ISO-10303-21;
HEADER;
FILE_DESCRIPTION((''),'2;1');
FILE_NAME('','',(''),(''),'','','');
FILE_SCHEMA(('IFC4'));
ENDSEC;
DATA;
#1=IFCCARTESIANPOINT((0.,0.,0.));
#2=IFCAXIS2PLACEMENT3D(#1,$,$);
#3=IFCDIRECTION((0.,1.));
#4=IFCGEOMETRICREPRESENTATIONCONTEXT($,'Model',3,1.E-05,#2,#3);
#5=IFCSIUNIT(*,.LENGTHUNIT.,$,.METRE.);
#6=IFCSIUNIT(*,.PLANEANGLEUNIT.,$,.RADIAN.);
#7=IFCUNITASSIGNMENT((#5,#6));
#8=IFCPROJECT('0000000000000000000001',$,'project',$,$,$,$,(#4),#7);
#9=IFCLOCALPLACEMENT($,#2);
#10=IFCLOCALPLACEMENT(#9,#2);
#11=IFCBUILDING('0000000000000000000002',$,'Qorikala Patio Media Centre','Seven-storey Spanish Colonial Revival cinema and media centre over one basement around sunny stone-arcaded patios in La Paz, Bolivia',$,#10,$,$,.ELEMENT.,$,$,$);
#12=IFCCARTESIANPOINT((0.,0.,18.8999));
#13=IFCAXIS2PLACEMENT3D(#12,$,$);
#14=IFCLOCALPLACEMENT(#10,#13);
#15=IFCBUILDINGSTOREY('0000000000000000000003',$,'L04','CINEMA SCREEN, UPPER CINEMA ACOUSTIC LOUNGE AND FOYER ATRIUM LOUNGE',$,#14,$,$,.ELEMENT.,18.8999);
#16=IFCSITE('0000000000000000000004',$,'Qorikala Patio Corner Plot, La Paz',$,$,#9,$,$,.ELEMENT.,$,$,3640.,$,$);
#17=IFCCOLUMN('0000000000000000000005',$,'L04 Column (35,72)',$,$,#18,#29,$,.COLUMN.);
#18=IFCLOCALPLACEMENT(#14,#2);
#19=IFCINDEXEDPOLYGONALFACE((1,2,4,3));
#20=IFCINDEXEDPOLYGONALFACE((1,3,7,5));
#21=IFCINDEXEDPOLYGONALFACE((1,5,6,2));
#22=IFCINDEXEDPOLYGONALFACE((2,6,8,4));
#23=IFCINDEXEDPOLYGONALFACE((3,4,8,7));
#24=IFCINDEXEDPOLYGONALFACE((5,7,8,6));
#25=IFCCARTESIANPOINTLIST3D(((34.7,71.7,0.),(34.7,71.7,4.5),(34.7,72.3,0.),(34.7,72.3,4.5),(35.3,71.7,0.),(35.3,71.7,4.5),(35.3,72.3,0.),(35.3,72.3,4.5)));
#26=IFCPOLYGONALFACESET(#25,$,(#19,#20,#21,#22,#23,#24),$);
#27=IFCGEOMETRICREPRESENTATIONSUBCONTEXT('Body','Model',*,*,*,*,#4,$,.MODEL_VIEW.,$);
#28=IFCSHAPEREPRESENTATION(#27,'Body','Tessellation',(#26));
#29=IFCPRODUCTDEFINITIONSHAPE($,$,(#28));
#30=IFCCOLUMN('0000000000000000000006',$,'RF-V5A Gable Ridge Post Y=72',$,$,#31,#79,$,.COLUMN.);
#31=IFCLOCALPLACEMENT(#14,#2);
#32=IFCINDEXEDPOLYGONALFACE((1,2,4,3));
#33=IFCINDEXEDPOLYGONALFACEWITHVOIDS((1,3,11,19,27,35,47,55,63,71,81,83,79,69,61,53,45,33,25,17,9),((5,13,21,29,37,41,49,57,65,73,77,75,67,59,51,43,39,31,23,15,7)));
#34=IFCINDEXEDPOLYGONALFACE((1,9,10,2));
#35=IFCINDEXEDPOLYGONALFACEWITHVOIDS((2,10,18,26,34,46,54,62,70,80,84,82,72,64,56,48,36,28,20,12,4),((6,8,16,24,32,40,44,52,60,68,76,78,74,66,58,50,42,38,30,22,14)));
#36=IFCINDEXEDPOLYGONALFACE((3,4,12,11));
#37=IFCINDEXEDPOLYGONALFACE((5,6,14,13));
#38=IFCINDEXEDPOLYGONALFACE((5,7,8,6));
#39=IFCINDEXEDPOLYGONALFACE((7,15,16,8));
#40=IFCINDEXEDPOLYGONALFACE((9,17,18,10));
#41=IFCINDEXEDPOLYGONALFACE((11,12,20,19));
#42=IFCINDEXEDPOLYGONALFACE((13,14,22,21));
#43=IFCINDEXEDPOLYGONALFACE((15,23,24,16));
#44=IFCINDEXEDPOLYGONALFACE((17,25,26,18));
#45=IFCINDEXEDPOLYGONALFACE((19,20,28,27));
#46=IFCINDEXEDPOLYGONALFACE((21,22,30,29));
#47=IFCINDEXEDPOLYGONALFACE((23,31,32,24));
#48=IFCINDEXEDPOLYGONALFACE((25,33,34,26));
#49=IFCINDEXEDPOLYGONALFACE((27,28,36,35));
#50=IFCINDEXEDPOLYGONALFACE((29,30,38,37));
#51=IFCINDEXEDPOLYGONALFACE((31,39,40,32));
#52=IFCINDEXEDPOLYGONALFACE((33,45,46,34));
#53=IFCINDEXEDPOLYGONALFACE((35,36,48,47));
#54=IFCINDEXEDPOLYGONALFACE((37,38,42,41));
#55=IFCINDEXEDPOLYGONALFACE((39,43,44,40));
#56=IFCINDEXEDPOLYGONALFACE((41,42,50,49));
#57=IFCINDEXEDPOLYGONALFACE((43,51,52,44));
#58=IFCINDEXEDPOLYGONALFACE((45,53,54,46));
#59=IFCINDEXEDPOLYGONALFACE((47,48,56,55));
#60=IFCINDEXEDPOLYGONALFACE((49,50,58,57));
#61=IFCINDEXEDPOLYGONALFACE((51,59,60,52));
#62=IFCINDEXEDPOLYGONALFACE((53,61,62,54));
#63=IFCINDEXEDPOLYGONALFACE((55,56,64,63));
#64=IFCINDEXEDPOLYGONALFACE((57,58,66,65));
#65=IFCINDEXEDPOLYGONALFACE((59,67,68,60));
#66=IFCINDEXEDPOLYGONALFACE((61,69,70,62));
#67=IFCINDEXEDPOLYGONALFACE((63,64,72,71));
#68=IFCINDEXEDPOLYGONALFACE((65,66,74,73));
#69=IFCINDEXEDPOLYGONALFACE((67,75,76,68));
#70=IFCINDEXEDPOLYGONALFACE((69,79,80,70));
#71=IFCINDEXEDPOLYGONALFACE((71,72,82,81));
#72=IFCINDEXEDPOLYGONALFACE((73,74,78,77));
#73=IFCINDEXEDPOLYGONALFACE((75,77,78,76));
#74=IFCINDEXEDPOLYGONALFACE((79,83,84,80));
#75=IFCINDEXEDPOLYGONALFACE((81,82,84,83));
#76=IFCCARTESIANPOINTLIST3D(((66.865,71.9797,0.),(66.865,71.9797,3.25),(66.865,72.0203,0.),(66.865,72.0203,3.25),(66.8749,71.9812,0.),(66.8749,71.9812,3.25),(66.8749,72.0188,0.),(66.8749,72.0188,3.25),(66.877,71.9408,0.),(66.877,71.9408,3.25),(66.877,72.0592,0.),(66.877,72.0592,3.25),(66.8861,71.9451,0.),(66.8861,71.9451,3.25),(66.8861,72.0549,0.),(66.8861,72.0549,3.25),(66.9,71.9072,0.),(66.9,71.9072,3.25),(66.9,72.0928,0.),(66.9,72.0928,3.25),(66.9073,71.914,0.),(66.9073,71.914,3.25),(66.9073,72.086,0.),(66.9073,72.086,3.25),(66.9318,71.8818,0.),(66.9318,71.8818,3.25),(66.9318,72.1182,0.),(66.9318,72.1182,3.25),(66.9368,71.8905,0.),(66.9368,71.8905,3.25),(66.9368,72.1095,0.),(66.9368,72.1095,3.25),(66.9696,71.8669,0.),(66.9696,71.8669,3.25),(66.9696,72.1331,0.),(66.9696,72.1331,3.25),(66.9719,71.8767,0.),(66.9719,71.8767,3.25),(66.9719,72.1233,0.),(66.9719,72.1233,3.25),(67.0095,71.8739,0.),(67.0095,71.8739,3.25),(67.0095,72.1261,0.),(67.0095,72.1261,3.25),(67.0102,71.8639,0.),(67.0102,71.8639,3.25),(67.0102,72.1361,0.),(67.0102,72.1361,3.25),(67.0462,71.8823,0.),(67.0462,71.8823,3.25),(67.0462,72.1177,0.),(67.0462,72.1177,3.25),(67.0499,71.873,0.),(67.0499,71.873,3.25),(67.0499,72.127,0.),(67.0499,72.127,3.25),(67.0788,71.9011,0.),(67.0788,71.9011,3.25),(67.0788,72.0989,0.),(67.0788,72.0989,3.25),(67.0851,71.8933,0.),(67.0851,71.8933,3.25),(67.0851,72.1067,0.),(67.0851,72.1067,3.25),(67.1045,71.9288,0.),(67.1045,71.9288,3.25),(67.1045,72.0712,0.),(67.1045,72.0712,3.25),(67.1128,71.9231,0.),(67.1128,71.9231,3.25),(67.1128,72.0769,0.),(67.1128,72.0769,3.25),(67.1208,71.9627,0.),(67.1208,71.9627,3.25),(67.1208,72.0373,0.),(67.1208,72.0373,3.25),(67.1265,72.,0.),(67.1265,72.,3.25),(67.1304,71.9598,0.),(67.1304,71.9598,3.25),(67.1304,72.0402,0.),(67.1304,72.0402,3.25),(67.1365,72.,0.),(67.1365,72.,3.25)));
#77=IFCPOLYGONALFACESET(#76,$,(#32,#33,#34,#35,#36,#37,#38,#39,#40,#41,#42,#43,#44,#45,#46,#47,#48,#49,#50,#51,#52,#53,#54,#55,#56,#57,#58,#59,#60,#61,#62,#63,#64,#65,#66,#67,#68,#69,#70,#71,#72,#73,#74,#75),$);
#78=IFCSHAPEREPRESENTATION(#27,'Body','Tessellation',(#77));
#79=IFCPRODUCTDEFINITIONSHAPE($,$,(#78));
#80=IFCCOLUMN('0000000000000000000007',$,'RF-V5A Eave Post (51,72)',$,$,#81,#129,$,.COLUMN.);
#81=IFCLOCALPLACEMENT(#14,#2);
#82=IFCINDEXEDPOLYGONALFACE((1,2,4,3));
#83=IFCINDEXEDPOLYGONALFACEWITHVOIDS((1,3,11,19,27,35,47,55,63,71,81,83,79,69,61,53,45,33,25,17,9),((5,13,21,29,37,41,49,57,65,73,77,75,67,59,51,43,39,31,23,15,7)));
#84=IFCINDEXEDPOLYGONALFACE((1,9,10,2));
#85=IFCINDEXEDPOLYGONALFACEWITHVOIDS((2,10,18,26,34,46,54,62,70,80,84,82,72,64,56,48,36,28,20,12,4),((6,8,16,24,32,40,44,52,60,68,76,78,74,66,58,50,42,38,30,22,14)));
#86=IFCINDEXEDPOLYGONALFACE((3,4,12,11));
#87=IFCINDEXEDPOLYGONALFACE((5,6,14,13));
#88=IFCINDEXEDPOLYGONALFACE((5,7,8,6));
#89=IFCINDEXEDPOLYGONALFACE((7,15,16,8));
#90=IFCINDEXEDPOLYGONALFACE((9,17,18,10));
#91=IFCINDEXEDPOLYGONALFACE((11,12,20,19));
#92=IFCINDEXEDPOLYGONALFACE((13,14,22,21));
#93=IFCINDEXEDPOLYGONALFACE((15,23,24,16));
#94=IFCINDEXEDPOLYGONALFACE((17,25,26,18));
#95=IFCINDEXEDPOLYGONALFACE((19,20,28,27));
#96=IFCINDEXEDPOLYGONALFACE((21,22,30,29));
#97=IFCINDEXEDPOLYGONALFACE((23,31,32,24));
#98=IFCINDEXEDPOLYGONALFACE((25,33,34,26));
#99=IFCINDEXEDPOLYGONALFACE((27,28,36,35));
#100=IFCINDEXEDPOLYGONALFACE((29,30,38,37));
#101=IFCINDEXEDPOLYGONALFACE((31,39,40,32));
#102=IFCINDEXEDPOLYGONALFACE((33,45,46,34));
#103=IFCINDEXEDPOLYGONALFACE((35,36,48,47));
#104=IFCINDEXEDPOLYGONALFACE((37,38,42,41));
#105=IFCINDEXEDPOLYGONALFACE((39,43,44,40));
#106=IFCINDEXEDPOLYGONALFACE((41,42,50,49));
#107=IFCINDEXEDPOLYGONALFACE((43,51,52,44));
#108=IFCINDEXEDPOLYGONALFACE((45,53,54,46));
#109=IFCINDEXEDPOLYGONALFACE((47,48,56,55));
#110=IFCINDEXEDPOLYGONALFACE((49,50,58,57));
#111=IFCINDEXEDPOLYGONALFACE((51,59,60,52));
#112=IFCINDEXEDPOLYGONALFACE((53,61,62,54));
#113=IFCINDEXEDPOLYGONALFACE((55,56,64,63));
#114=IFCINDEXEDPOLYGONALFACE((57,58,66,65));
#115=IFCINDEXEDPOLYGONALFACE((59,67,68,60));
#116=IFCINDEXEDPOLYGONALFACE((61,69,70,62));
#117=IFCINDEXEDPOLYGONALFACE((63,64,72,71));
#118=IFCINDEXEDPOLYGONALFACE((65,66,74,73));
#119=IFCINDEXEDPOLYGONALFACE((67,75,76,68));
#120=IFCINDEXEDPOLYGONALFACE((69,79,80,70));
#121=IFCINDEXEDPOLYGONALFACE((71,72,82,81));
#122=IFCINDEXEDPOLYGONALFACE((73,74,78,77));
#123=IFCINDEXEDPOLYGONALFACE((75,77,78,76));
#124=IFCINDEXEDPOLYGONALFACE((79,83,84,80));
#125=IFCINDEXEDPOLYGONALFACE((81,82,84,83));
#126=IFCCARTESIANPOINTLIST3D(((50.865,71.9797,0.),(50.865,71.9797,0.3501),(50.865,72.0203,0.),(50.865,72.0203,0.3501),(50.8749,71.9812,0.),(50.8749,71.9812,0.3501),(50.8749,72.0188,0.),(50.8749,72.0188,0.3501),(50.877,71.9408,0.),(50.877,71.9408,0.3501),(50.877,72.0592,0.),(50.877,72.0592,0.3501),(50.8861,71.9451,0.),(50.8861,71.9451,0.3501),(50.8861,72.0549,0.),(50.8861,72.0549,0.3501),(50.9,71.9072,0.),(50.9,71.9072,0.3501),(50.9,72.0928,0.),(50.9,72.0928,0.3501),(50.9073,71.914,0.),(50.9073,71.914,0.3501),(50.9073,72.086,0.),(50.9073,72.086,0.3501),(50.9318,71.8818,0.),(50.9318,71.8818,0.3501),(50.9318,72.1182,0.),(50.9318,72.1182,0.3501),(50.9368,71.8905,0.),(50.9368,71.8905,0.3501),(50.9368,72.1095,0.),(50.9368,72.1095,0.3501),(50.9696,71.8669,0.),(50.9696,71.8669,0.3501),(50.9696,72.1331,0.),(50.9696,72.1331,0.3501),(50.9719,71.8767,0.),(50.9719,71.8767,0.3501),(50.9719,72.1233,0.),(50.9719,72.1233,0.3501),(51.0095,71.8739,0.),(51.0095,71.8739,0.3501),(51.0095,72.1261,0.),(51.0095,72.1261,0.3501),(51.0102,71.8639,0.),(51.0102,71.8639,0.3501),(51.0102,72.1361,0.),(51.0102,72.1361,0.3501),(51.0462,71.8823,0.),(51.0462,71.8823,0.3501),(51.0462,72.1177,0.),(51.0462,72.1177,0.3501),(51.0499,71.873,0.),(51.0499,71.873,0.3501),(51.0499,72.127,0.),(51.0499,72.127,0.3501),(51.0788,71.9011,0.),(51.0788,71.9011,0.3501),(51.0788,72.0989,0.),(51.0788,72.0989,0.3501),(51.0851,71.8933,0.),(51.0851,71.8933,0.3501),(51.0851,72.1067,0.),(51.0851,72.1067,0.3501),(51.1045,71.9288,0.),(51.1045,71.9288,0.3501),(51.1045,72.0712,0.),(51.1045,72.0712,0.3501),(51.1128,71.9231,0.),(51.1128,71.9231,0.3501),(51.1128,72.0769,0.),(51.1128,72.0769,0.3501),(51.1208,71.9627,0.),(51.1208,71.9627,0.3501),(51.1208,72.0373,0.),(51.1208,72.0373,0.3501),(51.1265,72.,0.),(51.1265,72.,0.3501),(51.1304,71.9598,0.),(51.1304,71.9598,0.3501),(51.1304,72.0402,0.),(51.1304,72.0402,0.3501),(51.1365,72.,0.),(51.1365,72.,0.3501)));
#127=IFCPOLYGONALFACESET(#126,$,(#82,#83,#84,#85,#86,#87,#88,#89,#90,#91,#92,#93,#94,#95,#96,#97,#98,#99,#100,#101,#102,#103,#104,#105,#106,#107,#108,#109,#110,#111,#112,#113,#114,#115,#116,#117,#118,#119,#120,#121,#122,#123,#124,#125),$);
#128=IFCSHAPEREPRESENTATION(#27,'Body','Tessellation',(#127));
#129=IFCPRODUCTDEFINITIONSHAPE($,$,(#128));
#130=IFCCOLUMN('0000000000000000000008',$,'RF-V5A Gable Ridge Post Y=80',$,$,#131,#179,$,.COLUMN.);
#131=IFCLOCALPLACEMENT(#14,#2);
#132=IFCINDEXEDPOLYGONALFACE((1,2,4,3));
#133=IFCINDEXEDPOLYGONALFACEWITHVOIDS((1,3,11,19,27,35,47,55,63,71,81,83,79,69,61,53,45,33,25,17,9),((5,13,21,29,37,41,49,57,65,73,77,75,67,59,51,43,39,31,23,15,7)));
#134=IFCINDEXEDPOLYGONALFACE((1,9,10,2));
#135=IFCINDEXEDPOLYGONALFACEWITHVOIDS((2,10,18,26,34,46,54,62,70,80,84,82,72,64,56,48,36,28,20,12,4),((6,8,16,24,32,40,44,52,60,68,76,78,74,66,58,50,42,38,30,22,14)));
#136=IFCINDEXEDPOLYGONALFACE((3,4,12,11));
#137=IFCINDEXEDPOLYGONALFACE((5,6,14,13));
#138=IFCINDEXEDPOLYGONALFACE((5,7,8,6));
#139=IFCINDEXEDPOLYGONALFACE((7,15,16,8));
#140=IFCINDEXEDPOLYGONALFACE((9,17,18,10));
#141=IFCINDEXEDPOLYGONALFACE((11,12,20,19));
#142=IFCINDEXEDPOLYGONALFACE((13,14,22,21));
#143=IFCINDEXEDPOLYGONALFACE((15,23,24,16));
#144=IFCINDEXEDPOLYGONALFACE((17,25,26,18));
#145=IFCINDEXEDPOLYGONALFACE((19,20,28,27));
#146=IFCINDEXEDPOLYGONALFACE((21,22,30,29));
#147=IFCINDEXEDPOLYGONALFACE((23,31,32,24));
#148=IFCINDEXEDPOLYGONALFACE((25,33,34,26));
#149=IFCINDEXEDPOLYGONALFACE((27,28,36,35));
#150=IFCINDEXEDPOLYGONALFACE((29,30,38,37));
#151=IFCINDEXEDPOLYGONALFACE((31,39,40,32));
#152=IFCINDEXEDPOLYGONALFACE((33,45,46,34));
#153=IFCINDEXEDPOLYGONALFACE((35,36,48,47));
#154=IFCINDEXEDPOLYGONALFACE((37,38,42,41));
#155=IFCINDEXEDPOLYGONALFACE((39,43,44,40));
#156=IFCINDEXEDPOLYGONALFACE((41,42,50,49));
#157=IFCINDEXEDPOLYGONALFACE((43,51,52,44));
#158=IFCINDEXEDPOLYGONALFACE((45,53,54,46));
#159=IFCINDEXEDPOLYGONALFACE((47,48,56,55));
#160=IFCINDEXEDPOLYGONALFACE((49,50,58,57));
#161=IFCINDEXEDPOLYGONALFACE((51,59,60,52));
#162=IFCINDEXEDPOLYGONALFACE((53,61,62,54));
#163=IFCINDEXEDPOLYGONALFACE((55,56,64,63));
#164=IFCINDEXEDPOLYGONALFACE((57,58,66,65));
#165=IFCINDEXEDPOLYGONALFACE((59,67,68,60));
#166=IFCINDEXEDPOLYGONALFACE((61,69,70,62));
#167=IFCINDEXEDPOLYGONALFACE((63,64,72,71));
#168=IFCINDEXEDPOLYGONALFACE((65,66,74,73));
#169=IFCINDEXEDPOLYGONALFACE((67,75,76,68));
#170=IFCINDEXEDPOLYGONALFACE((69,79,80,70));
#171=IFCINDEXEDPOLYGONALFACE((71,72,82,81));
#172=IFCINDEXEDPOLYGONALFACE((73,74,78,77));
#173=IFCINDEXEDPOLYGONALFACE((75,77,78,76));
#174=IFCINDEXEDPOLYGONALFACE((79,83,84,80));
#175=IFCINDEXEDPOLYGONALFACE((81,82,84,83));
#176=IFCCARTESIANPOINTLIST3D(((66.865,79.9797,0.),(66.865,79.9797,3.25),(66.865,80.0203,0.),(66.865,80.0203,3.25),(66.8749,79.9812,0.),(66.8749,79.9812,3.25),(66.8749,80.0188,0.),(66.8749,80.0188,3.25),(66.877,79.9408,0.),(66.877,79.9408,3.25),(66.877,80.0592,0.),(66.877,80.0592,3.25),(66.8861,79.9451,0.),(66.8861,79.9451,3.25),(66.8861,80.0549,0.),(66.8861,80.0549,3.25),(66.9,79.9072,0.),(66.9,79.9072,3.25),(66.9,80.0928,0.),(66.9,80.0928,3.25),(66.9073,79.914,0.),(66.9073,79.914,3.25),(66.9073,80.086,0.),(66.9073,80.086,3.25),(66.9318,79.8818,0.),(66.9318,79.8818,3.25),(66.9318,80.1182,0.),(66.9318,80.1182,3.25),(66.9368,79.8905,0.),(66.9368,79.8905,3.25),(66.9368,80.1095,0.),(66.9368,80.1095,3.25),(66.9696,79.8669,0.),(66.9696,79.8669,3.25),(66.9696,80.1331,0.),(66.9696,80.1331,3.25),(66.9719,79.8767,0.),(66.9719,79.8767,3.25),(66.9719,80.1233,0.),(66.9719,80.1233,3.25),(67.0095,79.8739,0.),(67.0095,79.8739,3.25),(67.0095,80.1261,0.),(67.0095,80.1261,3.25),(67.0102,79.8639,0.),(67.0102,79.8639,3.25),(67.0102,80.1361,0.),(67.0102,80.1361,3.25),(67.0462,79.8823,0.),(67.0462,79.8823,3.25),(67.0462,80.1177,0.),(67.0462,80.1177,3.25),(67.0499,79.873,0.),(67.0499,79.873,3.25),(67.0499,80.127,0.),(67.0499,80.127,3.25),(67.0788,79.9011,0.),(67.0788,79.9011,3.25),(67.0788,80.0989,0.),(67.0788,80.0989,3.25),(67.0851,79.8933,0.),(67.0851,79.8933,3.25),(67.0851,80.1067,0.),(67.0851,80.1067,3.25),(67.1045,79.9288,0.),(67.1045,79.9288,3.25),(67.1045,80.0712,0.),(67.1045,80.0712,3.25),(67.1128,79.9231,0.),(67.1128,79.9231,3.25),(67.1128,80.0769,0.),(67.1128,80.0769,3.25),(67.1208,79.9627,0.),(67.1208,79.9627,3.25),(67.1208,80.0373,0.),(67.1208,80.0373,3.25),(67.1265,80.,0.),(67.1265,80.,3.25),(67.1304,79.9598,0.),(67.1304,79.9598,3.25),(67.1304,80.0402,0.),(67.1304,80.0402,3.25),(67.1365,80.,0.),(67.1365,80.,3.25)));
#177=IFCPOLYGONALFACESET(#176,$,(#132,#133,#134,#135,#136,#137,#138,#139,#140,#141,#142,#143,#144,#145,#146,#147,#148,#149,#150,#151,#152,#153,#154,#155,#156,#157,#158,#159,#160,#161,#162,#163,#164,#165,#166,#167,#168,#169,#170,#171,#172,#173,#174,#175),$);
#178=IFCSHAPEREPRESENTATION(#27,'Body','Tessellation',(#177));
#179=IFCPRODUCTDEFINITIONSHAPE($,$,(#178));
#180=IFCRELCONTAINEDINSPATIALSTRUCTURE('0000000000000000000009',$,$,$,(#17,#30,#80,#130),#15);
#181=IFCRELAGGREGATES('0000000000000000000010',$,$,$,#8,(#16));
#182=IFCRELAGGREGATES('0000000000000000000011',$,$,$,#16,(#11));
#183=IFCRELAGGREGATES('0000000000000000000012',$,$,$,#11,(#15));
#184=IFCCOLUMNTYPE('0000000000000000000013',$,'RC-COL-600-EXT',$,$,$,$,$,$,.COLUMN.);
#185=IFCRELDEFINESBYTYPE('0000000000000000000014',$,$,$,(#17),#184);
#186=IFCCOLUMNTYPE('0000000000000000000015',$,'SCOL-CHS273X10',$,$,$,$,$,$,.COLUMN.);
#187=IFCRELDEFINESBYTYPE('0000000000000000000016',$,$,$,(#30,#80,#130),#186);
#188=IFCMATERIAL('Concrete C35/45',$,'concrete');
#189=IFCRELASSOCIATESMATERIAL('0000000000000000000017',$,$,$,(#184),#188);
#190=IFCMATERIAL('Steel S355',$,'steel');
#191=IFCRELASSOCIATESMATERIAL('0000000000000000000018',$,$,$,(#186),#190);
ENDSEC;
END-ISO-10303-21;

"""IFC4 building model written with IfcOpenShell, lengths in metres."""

from ifc_helpers import new_model, si_unit, direction, frame, origin, origin_2d, place, context, subcontext, project, spatial, rectangle, hollow_circle, extrude, material, material_profile, profile_set, type_object, element, save


model = new_model("IFC4")

# Units and contexts
model_context = context("Model", 3, precision=1e-05, world=origin(), true_north=direction((0.0, 1.0)))
body_context = subcontext(model_context, "Body", "Model", "MODEL_VIEW")
ifc_project = project(units=[si_unit("LENGTHUNIT", "METRE"), si_unit("PLANEANGLEUNIT", "RADIAN")], contexts=[model_context])

# Site, building, storey
site_placement = place(None, origin())
site = spatial("IfcSite", under=ifc_project, at=site_placement, Name="Qorikala Patio Corner Plot, La Paz", CompositionType="ELEMENT", RefElevation=3640.0)
building_placement = place(site_placement, origin())
building = spatial("IfcBuilding", under=site, at=building_placement, Name="Qorikala Patio Media Centre", Description="Seven-storey Spanish Colonial Revival cinema and media centre over one basement around sunny stone-arcaded patios in La Paz, Bolivia", CompositionType="ELEMENT")
storey_placement = place(building_placement, frame((0.0, 0.0, 18.8999)))
storey = spatial("IfcBuildingStorey", under=building, at=storey_placement, Name="L04", Description="CINEMA SCREEN, UPPER CINEMA ACOUSTIC LOUNGE AND FOYER ATRIUM LOUNGE", CompositionType="ELEMENT", Elevation=18.8999)

# Columns
ifc_material_1 = material(Name="Concrete C35/45", Category="concrete")
ifc_material_profile_1 = material_profile(ifc_material_1, rectangle(XDim=0.6001, YDim=0.6001, at=origin_2d()), Name="RC 600x600")
ifc_profile_set_1 = profile_set([ifc_material_profile_1], Name="Concrete C35/45")
column_type_1 = type_object("IfcColumnType", Name="RC-COL-600-EXT", PredefinedType="COLUMN", material=ifc_profile_set_1)
column_1_placement = place(storey_placement, frame((35.0, 72.0, 0.0), z_axis=(0.0, 0.0, 1.0), x_axis=(1.0, 0.0, 0.0)))
element("IfcColumn", 1, at=column_1_placement, inside=storey, type_object=column_type_1, Name="L04 Column (35,72)", PredefinedType="COLUMN", context=body_context, shape_type="SweptSolid", body=[
    extrude(rectangle(XDim=0.6001, YDim=0.6001, at=origin_2d()), origin(), (0.0, 0.0, 1.0), 4.5),
])
ifc_material_2 = material(Name="Steel S355", Category="steel")
ifc_material_profile_2 = material_profile(ifc_material_2, hollow_circle(Radius=0.1365, WallThickness=0.01, at=origin_2d()), Name="CHS273X10")
ifc_profile_set_2 = profile_set([ifc_material_profile_2], Name="Steel S355")
column_type_2 = type_object("IfcColumnType", Name="SCOL-CHS273X10", PredefinedType="COLUMN", material=ifc_profile_set_2)
column_2_placement = place(storey_placement, frame((67.0, 72.0, 0.0), z_axis=(0.0, 0.0, 1.0), x_axis=(1.0, 0.0, 0.0)))
element("IfcColumn", 2, at=column_2_placement, inside=storey, type_object=column_type_2, Name="RF-V5A Gable Ridge Post Y=72", PredefinedType="COLUMN", context=body_context, shape_type="SweptSolid", body=[
    extrude(hollow_circle(Radius=0.1365, WallThickness=0.01, at=origin_2d()), origin(), (0.0, 0.0, 1.0), 3.25),
])
column_3_placement = place(storey_placement, frame((51.0, 72.0, 0.0), z_axis=(0.0, 0.0, 1.0), x_axis=(1.0, 0.0, 0.0)))
element("IfcColumn", 3, at=column_3_placement, inside=storey, type_object=column_type_2, Name="RF-V5A Eave Post (51,72)", PredefinedType="COLUMN", context=body_context, shape_type="SweptSolid", body=[
    extrude(hollow_circle(Radius=0.1365, WallThickness=0.01, at=origin_2d()), origin(), (0.0, 0.0, 1.0), 0.3501),
])
column_4_placement = place(storey_placement, frame((67.0, 80.0, 0.0), z_axis=(0.0, 0.0, 1.0), x_axis=(1.0, 0.0, 0.0)))
element("IfcColumn", 4, at=column_4_placement, inside=storey, type_object=column_type_2, Name="RF-V5A Gable Ridge Post Y=80", PredefinedType="COLUMN", context=body_context, shape_type="SweptSolid", body=[
    extrude(hollow_circle(Radius=0.1365, WallThickness=0.01, at=origin_2d()), origin(), (0.0, 0.0, 1.0), 3.25),
])

save(model, "model.ifc")
